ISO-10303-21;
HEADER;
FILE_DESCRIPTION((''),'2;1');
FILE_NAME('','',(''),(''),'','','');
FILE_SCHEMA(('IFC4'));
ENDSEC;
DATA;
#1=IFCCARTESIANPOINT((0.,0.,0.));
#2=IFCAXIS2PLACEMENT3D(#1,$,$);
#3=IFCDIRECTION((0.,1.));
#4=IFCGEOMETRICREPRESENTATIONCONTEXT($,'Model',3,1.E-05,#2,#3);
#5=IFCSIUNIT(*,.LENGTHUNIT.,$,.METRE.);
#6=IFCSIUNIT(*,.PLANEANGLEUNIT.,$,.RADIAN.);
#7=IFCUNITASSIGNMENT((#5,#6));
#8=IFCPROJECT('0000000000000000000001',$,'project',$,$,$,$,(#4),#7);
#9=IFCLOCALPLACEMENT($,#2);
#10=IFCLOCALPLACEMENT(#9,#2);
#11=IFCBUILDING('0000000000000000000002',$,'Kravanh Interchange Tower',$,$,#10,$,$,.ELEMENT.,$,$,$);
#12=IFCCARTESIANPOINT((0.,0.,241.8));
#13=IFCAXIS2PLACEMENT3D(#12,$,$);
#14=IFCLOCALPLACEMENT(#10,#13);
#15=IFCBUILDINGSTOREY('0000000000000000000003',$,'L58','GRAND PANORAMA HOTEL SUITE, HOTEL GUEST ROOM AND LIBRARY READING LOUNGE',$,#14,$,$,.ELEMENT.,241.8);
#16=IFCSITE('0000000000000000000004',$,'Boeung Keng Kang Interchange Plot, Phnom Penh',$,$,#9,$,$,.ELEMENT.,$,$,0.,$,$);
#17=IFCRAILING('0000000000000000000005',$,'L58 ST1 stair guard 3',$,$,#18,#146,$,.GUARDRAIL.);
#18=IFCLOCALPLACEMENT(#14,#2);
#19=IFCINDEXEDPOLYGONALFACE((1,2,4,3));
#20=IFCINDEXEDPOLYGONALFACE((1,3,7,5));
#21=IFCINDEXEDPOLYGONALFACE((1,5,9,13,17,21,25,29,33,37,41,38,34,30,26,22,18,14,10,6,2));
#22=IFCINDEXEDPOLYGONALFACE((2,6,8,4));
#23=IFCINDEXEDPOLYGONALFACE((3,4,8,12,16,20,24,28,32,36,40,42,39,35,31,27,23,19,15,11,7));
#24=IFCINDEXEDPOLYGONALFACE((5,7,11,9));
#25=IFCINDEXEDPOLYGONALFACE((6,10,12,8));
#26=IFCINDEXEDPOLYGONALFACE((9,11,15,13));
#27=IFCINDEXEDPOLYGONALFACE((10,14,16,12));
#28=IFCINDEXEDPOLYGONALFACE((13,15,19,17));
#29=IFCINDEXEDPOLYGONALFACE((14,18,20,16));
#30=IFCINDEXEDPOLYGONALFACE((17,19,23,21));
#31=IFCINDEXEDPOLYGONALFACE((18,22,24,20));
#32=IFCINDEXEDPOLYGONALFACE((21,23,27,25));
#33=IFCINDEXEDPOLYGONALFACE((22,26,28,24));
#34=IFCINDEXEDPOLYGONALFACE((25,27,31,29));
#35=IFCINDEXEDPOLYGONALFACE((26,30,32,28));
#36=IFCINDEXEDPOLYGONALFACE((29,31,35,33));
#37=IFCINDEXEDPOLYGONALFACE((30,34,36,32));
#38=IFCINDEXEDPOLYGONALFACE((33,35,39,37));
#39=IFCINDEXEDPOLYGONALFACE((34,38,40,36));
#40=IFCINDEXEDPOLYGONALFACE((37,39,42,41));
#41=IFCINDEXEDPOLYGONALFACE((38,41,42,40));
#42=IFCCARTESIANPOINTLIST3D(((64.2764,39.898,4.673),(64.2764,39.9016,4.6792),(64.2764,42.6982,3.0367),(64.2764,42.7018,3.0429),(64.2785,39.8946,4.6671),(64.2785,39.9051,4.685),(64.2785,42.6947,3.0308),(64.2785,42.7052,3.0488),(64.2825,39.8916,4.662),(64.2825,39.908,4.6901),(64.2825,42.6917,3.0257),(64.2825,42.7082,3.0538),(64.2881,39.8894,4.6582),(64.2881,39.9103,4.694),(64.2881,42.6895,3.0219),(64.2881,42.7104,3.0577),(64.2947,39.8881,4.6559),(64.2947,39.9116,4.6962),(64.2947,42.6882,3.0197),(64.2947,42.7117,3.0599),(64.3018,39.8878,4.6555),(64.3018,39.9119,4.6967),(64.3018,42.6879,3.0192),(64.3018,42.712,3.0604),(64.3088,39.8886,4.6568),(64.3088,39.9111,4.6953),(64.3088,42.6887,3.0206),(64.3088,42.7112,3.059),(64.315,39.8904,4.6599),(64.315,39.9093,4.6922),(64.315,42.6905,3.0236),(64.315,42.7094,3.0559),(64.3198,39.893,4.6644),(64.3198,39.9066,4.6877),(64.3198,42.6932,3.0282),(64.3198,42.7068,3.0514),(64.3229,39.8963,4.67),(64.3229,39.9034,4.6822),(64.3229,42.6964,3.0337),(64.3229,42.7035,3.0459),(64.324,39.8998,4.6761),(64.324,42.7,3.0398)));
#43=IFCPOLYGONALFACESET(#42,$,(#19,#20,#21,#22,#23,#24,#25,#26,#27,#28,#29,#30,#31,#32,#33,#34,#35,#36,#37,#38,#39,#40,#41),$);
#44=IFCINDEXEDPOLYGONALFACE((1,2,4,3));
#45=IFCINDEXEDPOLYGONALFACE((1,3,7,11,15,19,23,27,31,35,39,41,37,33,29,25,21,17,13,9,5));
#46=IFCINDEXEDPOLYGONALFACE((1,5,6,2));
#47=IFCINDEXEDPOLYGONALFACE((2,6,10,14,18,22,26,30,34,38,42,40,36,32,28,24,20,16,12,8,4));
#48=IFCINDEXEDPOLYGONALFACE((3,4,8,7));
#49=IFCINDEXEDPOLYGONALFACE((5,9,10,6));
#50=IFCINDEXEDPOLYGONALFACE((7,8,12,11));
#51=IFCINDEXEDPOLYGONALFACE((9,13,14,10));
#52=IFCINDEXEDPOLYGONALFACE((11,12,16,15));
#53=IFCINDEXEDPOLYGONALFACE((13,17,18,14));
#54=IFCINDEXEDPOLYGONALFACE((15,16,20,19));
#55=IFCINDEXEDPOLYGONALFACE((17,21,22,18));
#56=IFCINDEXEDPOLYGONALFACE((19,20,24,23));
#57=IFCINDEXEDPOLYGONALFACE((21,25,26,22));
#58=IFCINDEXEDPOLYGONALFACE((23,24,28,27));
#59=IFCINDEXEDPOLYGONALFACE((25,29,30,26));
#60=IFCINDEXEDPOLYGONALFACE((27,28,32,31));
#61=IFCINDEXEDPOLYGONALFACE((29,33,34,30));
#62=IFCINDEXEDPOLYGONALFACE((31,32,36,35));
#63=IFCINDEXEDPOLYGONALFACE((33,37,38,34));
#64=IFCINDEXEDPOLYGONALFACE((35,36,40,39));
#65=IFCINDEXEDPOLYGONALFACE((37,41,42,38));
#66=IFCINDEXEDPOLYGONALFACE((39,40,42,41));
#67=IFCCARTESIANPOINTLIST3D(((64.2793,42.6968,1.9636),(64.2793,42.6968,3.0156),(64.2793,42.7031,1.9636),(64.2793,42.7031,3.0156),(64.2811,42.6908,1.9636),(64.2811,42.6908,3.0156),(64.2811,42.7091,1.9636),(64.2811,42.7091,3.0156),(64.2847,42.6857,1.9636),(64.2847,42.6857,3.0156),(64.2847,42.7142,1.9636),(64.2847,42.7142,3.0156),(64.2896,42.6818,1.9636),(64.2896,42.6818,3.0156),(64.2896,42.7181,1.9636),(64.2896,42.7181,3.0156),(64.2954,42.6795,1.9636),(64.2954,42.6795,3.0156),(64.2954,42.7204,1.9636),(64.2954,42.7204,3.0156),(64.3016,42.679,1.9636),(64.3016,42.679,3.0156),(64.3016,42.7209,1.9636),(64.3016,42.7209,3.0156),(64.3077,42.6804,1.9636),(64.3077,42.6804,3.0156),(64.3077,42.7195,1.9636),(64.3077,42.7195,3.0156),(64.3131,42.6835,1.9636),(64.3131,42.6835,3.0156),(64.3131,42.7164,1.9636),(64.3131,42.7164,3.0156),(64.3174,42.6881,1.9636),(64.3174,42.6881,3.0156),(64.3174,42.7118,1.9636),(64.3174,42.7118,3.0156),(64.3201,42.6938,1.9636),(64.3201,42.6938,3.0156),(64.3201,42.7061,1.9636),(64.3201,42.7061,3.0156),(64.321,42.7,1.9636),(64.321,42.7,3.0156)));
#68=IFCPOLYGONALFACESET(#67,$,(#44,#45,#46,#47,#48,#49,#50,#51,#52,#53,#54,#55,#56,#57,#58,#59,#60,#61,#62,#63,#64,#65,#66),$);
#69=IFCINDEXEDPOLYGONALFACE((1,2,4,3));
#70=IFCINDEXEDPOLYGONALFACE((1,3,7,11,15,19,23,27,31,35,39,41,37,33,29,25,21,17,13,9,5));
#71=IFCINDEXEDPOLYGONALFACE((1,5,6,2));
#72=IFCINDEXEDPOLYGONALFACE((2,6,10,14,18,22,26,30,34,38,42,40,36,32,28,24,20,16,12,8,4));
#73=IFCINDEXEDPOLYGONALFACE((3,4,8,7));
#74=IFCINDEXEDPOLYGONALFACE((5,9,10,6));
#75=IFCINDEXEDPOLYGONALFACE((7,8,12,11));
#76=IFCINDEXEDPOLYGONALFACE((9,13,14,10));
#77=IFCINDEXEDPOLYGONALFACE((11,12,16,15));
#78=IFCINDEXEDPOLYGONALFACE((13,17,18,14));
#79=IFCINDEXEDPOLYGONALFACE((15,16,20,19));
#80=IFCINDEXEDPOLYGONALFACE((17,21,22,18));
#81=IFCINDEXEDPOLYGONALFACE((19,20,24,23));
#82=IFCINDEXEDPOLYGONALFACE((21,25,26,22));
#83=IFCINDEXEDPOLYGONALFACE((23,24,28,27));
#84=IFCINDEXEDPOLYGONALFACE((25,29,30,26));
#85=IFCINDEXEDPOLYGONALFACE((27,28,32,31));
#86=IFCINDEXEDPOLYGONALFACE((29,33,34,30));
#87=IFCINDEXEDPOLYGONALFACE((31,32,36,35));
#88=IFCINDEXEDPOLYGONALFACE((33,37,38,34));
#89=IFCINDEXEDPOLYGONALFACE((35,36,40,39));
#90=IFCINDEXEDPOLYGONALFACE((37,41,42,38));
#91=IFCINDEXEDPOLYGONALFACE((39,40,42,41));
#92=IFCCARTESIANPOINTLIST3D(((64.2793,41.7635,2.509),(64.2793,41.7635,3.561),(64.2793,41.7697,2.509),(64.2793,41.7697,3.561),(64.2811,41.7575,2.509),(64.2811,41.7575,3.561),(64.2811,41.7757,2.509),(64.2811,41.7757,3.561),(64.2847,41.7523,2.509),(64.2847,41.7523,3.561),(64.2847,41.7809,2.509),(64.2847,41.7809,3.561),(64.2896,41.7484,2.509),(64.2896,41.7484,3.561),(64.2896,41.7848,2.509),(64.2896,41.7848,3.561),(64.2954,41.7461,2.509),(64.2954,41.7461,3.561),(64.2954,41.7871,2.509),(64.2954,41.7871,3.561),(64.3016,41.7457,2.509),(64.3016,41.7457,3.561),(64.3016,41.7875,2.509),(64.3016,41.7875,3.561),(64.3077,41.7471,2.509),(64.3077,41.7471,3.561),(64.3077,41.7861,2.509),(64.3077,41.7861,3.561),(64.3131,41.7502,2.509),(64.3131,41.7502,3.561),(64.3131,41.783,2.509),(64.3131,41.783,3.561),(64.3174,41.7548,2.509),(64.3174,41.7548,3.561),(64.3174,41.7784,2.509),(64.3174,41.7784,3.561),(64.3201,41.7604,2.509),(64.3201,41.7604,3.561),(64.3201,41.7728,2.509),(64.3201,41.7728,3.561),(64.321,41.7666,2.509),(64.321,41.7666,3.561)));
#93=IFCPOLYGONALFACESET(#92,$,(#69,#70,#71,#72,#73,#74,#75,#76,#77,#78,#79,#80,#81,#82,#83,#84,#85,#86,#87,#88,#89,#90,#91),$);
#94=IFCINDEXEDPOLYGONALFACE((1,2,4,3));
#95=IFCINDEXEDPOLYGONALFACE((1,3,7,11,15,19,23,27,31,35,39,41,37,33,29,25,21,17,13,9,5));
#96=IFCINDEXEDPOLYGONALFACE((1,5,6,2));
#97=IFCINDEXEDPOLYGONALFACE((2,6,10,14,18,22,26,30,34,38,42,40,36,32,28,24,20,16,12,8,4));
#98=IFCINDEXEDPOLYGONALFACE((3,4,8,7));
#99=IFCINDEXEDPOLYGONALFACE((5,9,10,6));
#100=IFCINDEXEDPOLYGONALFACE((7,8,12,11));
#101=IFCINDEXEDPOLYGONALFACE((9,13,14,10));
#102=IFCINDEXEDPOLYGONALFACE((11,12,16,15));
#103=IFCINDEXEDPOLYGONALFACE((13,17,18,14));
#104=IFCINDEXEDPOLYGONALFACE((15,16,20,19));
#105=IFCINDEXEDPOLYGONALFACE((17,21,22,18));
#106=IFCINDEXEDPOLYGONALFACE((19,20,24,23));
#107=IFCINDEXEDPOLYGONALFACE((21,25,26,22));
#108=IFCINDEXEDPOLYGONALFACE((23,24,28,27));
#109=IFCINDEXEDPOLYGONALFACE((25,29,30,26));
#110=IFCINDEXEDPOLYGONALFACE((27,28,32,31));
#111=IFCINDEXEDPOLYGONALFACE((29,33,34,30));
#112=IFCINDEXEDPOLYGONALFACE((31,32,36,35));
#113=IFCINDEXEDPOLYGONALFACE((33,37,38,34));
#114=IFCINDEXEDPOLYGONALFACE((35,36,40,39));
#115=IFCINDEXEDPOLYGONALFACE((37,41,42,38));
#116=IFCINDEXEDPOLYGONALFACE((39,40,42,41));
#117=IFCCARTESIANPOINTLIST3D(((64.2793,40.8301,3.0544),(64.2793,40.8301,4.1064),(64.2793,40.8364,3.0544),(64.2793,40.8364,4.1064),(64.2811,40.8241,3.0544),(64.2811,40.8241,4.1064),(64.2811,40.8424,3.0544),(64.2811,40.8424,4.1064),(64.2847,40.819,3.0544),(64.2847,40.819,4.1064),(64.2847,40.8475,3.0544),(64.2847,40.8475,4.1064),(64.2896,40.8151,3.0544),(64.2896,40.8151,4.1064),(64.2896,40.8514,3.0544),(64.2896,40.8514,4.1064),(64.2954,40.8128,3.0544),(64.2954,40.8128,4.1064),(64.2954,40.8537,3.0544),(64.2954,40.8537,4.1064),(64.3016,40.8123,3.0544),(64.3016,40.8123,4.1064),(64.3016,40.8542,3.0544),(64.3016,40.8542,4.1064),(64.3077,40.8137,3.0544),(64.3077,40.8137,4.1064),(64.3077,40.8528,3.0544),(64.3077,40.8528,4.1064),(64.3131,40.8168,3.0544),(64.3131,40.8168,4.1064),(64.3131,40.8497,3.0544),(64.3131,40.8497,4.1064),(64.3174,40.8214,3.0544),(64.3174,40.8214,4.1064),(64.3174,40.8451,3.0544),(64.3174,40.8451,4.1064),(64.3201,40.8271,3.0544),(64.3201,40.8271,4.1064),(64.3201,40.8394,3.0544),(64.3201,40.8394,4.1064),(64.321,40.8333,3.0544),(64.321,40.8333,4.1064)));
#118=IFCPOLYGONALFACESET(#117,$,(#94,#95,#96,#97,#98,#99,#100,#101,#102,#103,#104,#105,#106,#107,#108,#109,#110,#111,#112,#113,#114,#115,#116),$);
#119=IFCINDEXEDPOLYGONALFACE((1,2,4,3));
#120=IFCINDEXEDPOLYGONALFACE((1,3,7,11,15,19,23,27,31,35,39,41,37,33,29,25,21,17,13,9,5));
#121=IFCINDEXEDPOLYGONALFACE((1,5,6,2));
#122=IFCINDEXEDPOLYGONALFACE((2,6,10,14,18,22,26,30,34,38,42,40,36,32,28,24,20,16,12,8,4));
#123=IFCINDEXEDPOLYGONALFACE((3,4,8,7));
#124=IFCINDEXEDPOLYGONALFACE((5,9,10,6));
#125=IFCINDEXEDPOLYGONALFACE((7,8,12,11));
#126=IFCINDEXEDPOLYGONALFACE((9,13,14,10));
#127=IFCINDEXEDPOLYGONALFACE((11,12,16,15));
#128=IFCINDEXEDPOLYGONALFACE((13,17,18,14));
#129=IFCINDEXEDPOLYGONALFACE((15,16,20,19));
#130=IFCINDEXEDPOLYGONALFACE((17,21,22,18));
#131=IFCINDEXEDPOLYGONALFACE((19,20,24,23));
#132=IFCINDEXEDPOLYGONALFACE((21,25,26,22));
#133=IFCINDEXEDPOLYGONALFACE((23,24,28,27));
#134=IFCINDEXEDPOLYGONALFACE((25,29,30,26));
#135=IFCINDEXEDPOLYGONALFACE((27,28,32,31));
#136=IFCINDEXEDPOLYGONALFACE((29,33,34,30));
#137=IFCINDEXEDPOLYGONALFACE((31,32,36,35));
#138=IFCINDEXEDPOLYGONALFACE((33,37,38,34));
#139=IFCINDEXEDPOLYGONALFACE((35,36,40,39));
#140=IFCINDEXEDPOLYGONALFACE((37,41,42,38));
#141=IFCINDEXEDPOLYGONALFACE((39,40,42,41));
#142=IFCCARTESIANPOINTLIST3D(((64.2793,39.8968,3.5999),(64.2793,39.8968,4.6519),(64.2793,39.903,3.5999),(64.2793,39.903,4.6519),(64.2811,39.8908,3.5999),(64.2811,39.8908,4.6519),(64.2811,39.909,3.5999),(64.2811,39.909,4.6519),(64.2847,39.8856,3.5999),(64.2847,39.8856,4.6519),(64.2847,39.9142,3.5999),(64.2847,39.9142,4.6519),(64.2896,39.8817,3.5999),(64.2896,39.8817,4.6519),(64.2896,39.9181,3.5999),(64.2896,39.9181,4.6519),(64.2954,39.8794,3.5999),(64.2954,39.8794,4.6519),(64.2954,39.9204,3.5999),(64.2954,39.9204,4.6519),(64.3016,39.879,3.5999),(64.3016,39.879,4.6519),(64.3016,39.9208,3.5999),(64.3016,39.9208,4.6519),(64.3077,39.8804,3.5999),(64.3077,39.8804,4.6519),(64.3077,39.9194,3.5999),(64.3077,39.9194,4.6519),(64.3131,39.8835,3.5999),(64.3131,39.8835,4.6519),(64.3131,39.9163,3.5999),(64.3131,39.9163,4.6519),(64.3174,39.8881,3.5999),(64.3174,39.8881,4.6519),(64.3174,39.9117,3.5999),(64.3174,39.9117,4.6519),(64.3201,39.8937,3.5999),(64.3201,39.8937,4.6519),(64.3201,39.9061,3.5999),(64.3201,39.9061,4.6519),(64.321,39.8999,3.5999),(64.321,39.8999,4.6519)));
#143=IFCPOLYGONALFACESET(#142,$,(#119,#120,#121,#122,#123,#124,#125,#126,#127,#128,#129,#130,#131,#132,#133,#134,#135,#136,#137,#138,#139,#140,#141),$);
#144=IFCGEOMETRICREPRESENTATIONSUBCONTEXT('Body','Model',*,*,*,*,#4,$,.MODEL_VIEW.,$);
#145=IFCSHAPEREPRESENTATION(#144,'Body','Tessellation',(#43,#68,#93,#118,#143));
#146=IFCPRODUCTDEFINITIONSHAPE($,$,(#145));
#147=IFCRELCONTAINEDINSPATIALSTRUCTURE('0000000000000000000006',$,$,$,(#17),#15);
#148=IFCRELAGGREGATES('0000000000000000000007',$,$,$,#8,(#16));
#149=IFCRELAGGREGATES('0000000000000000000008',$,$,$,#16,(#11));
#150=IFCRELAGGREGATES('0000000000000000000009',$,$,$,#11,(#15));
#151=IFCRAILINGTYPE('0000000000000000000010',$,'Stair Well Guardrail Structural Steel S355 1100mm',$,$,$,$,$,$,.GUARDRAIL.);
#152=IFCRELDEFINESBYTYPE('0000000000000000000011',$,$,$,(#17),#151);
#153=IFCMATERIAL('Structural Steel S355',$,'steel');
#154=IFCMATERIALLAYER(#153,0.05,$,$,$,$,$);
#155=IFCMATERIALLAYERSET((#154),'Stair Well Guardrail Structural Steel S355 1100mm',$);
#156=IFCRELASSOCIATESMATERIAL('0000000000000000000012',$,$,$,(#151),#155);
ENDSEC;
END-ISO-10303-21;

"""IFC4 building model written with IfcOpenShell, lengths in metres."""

from ifc_helpers import new_model, si_unit, direction, frame, origin, origin_2d, place, context, subcontext, project, spatial, circle, extrude, material, layer, layer_set, type_object, element, save


model = new_model("IFC4")

# Units and contexts
model_context = context("Model", 3, precision=1e-05, world=origin(), true_north=direction((0.0, 1.0)))
body_context = subcontext(model_context, "Body", "Model", "MODEL_VIEW")
ifc_project = project(units=[si_unit("LENGTHUNIT", "METRE"), si_unit("PLANEANGLEUNIT", "RADIAN")], contexts=[model_context])

# Site, building, storey
site_placement = place(None, origin())
site = spatial("IfcSite", under=ifc_project, at=site_placement, Name="Boeung Keng Kang Interchange Plot, Phnom Penh", CompositionType="ELEMENT", RefElevation=0.0)
building_placement = place(site_placement, origin())
building = spatial("IfcBuilding", under=site, at=building_placement, Name="Kravanh Interchange Tower", CompositionType="ELEMENT")
storey_placement = place(building_placement, frame((0.0, 0.0, 241.8)))
storey = spatial("IfcBuildingStorey", under=building, at=storey_placement, Name="L58", Description="GRAND PANORAMA HOTEL SUITE, HOTEL GUEST ROOM AND LIBRARY READING LOUNGE", CompositionType="ELEMENT", Elevation=241.8)

# Railing
ifc_material_1 = material(Name="Structural Steel S355", Category="steel")
ifc_layer_1 = layer(ifc_material_1, 0.05)
ifc_layer_set_1 = layer_set([ifc_layer_1], Name="Stair Well Guardrail Structural Steel S355 1100mm")
railing_type_1 = type_object("IfcRailingType", Name="Stair Well Guardrail Structural Steel S355 1100mm", PredefinedType="GUARDRAIL", material=ifc_layer_set_1)
railing_1_placement = place(storey_placement, frame((64.3, 42.7, 1.9636)))
element("IfcRailing", 1, at=railing_1_placement, inside=storey, type_object=railing_type_1, Name="L58 ST1 stair guard 3", PredefinedType="GUARDRAIL", context=body_context, shape_type="SweptSolid", body=[
    extrude(circle(Radius=0.0239, at=origin_2d()), frame((0.0, 0.0, 1.0762), z_axis=(0.0, -0.863394, 0.504531), x_axis=(1.0, 0.0, 0.0)), (0.0, 0.0, 1.0), 3.2432),
    extrude(circle(Radius=0.021, at=origin_2d()), origin(), (0.0, 0.0, 1.0), 1.052),
    extrude(circle(Radius=0.021, at=origin_2d()), frame((0.0, -0.9333, 0.5454)), (0.0, 0.0, 1.0), 1.052),
    extrude(circle(Radius=0.021, at=origin_2d()), frame((0.0, -1.8667, 1.0908)), (0.0, 0.0, 1.0), 1.052),
    extrude(circle(Radius=0.021, at=origin_2d()), frame((0.0, -2.8, 1.6362)), (0.0, 0.0, 1.0), 1.052),
])

save(model, "model.ifc")
